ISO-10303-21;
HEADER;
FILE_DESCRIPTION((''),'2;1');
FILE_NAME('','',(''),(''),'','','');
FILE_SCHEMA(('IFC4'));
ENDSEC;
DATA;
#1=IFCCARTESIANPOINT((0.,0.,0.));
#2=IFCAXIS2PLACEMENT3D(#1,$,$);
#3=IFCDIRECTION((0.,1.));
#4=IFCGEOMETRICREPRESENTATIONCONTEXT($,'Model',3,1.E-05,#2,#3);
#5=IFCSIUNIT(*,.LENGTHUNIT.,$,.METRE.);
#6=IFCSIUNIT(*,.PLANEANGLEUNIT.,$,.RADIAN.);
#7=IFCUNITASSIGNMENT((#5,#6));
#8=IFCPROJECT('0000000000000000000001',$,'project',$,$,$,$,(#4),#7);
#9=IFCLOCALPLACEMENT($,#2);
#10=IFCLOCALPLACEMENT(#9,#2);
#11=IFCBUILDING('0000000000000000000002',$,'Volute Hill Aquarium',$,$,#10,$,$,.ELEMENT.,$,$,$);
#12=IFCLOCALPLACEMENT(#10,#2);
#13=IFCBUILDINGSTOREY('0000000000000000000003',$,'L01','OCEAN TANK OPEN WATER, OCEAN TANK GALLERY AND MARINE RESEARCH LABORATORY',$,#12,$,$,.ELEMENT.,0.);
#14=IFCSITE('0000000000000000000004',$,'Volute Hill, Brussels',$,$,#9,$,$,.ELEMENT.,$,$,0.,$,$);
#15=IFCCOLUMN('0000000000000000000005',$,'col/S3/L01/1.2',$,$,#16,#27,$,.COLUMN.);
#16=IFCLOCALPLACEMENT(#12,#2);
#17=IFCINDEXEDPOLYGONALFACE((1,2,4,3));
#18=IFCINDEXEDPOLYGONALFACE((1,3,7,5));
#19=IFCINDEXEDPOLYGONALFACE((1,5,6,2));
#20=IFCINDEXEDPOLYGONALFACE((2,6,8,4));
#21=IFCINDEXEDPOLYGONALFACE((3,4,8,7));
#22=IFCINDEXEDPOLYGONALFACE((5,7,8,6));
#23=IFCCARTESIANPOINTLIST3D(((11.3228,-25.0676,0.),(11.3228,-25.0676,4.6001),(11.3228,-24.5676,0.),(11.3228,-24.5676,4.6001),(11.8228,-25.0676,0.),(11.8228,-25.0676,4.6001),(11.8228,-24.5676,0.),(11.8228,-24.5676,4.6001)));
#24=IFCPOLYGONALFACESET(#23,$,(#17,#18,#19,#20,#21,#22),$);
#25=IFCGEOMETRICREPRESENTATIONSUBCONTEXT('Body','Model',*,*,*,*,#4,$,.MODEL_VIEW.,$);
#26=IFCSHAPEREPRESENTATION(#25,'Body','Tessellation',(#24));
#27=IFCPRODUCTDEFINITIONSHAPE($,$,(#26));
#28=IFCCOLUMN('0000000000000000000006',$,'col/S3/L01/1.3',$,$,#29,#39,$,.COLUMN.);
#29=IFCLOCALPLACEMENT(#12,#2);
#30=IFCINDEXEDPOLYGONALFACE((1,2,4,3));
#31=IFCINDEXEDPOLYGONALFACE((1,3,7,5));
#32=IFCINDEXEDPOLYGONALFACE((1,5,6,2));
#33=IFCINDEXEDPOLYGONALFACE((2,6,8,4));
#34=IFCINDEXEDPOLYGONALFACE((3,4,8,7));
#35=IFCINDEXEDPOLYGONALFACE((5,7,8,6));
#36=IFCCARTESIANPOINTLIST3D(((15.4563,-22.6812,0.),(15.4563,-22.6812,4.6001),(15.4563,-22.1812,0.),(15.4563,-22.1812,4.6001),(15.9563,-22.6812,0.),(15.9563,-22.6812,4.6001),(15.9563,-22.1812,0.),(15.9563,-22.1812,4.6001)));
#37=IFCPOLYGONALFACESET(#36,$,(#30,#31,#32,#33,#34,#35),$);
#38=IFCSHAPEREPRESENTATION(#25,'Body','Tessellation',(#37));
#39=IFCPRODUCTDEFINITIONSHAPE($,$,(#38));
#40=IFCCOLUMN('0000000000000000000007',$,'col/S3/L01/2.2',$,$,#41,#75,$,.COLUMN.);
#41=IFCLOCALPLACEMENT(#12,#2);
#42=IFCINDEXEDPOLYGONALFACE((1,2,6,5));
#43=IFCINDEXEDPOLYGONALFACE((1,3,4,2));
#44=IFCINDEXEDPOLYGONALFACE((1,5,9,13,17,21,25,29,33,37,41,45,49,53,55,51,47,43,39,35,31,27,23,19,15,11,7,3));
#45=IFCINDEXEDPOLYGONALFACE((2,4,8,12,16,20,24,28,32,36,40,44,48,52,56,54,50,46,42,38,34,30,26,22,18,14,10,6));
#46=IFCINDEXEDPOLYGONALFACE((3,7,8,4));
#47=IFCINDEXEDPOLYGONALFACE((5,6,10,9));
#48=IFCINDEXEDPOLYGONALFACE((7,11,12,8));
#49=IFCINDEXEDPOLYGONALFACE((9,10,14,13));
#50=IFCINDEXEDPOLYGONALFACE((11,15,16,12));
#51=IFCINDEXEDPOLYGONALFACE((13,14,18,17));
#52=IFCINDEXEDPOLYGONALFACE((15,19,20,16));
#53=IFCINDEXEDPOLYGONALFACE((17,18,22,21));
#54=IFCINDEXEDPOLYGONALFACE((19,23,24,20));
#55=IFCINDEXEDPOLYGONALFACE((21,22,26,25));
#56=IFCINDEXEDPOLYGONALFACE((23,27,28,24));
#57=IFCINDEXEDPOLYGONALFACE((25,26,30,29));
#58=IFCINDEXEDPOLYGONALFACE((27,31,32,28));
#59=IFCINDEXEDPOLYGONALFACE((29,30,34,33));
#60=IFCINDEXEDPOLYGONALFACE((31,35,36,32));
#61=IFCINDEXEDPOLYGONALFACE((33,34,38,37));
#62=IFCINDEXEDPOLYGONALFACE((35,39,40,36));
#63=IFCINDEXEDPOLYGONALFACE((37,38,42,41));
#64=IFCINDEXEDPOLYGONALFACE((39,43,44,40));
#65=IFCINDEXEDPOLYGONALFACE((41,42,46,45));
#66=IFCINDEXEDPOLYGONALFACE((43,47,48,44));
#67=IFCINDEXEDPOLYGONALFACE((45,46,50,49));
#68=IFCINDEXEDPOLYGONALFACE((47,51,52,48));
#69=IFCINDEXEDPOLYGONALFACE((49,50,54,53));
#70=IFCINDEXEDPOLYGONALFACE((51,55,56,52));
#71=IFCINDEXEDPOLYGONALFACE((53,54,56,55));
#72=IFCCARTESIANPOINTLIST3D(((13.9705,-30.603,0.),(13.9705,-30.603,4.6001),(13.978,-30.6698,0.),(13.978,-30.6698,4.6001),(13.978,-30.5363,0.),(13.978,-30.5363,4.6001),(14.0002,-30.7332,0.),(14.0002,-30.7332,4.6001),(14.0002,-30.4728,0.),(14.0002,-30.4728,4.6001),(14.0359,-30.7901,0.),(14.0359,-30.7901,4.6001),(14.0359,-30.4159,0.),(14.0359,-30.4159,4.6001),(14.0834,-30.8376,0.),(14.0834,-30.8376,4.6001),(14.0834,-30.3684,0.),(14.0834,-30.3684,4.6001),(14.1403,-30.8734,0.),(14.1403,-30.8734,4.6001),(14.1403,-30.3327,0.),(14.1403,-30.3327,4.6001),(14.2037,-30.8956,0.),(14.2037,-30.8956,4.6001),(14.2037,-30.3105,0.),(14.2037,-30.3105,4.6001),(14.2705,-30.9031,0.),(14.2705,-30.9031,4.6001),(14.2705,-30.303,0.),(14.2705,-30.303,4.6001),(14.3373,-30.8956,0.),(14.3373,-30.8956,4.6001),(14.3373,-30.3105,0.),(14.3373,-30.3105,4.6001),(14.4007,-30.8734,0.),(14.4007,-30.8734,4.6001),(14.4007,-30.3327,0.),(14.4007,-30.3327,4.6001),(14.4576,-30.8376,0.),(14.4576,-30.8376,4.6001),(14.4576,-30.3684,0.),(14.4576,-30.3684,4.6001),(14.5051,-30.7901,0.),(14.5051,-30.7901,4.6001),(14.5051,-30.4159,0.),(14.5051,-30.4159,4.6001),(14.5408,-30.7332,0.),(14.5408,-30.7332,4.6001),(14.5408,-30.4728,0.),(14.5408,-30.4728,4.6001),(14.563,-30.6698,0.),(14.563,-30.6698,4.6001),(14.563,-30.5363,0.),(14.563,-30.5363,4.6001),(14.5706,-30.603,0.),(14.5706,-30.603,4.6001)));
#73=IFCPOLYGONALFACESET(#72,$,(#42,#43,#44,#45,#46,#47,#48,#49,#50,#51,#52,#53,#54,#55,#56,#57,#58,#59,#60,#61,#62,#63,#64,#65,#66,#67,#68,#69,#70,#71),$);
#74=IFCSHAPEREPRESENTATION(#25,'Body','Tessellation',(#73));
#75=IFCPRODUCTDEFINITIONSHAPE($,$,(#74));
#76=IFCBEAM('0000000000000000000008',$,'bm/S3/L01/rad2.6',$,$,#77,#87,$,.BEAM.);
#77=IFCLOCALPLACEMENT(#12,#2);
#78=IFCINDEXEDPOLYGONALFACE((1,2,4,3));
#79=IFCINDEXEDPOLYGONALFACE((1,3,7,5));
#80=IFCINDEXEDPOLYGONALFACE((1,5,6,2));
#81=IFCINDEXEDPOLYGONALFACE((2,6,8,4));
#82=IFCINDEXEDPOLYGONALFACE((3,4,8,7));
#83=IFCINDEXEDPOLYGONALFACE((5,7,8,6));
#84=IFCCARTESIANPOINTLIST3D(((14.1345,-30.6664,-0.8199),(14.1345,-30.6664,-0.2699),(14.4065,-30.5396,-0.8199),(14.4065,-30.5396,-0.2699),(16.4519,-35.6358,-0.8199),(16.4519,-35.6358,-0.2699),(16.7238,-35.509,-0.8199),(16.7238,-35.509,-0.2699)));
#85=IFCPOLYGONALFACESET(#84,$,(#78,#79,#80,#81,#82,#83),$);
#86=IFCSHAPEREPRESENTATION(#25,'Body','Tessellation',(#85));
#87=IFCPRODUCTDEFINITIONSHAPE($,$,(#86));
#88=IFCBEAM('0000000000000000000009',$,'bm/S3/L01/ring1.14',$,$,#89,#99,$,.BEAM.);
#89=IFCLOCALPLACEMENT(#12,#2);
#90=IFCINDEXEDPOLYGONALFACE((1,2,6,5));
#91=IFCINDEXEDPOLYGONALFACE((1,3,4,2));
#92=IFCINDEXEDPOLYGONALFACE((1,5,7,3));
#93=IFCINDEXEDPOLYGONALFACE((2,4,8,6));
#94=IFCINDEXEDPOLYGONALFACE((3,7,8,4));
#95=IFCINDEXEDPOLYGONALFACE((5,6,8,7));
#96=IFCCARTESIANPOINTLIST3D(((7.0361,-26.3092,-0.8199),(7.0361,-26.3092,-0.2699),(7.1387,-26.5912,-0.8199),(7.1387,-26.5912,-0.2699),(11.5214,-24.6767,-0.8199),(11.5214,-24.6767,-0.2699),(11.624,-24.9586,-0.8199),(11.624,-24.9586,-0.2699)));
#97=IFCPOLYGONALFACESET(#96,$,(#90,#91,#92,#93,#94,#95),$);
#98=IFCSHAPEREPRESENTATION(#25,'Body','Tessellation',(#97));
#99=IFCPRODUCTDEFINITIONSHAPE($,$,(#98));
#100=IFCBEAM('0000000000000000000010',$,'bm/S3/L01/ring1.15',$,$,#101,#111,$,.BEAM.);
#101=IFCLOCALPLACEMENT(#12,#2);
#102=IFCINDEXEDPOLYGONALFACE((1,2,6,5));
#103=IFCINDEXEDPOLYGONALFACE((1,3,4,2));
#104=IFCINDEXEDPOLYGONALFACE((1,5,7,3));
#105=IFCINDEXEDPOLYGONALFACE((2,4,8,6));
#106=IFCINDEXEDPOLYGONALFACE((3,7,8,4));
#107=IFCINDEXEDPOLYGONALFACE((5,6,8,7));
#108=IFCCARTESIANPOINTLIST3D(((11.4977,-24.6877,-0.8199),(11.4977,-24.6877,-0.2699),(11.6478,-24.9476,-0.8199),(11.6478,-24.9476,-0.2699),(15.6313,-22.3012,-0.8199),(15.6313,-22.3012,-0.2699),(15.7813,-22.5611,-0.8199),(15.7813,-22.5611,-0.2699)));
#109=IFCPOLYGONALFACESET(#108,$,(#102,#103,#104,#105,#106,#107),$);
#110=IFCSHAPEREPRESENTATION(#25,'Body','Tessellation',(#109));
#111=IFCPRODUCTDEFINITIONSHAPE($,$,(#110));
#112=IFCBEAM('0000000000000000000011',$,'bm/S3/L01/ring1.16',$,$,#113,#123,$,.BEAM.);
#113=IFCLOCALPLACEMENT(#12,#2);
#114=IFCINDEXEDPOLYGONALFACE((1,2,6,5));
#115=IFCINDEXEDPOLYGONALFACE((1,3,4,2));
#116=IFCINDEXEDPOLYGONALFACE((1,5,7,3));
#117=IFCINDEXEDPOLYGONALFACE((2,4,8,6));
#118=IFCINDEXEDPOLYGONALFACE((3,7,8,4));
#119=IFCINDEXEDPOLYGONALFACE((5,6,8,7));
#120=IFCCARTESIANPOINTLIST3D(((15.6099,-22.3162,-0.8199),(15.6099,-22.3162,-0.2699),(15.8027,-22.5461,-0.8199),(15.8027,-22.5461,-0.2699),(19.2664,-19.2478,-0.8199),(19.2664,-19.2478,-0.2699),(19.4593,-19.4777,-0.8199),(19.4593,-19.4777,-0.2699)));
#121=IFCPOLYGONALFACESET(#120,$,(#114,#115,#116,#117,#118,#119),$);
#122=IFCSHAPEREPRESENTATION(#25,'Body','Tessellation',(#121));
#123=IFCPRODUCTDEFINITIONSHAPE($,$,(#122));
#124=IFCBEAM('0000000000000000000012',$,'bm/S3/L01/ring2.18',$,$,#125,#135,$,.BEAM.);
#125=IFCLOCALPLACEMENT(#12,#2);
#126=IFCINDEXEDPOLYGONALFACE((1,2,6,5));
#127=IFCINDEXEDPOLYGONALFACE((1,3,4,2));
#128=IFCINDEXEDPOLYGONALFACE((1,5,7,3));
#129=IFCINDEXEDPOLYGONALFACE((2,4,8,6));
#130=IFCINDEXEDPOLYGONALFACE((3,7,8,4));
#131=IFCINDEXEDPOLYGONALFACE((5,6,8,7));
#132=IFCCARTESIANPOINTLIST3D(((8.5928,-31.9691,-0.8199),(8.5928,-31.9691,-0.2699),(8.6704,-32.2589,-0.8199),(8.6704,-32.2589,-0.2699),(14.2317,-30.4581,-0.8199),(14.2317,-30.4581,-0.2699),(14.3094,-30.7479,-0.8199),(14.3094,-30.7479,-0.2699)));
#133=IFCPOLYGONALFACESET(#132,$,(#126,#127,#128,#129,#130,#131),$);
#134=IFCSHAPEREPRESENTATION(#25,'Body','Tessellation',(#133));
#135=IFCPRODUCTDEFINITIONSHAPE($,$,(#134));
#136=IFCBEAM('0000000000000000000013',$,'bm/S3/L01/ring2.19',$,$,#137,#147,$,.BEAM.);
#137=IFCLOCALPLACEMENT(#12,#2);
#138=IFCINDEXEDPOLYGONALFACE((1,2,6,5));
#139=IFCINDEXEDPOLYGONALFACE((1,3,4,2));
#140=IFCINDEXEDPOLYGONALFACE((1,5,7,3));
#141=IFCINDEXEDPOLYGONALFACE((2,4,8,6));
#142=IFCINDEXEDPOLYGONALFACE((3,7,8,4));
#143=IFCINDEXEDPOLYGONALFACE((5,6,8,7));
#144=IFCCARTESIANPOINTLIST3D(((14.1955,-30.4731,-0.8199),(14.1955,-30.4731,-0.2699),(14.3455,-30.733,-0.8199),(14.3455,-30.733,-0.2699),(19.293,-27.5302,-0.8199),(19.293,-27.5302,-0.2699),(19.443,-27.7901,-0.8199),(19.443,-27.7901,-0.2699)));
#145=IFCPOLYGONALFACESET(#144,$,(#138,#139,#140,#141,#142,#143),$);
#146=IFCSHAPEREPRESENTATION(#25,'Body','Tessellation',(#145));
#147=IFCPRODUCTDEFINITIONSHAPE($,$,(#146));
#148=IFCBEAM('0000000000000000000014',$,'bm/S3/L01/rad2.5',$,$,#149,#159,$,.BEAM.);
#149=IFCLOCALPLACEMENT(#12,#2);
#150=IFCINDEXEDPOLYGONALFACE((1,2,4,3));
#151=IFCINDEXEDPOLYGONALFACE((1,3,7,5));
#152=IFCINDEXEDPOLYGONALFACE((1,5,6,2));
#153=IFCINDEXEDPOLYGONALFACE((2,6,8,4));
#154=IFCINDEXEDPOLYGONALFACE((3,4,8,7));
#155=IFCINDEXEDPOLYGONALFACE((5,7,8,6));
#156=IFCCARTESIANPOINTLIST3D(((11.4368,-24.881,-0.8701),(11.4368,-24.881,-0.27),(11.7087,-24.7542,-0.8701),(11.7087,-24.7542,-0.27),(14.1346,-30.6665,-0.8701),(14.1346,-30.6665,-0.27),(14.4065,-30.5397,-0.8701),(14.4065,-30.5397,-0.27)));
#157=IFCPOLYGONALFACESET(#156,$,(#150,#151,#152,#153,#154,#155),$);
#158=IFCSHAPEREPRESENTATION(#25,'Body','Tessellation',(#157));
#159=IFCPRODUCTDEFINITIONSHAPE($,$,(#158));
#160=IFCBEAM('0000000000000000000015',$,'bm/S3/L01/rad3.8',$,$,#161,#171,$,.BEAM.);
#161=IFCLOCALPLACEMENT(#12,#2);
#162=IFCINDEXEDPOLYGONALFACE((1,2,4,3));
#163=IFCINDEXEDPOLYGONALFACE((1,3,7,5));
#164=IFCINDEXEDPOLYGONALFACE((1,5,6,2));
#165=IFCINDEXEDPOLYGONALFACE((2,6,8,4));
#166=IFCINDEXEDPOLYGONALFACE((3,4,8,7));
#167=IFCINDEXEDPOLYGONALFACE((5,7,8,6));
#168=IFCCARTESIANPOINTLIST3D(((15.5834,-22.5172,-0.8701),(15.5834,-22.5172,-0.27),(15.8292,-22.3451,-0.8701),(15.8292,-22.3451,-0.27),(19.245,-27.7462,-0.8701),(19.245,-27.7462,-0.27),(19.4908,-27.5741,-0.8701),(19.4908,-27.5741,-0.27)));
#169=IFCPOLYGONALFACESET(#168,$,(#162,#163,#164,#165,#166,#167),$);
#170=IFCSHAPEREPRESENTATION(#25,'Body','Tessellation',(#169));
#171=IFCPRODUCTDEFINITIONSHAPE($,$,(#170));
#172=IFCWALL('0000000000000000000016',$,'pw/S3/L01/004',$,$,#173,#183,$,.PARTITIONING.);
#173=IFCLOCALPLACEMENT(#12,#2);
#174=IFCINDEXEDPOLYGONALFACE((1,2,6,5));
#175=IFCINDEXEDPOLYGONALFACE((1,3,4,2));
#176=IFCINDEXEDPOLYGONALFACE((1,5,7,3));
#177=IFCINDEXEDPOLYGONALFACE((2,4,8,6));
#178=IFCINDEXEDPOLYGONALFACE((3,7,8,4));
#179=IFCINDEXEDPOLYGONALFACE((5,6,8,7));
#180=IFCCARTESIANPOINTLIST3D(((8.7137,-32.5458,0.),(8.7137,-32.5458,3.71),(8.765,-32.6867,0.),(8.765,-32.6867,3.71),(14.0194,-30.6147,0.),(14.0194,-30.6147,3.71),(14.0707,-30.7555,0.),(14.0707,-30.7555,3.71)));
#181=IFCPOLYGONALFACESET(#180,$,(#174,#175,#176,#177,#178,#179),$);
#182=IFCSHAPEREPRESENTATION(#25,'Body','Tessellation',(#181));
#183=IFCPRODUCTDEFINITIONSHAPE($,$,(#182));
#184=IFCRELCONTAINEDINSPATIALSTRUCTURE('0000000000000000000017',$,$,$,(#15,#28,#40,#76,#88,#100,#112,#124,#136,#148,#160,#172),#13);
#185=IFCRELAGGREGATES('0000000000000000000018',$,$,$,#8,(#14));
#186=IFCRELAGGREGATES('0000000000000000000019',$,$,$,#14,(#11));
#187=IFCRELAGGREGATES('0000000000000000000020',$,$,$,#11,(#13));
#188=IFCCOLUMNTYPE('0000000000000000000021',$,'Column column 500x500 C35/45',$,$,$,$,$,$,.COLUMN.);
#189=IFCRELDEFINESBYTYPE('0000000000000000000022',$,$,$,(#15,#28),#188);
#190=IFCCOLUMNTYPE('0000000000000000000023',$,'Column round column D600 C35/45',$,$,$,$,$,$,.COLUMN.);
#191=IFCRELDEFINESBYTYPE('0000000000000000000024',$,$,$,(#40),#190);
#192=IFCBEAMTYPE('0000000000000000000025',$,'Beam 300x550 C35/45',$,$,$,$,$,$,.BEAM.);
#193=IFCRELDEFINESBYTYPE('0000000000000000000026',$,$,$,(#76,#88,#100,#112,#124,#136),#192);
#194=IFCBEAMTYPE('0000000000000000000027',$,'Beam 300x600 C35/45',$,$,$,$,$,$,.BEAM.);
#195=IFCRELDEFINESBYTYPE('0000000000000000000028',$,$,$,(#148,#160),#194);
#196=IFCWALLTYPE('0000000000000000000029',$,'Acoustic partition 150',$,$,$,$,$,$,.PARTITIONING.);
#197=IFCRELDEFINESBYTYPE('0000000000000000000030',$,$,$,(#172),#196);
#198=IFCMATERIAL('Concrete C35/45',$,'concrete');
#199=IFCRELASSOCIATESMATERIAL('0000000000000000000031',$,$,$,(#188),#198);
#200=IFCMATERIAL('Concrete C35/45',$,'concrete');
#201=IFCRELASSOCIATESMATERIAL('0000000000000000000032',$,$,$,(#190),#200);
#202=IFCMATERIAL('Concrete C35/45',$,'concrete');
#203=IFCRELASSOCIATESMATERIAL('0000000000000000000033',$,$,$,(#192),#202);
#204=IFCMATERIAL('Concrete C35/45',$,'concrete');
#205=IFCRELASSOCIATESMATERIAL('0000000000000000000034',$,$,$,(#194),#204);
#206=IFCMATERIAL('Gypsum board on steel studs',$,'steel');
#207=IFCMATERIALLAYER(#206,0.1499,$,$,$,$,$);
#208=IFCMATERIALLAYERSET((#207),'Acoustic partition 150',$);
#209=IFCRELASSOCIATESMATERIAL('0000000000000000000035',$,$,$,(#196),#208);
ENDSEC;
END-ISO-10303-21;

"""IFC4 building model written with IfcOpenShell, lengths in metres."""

from ifc_helpers import new_model, si_unit, direction, frame, frame_2d, origin, origin_2d, place, context, subcontext, project, spatial, rectangle, circle, extrude, material, layer, layer_set, material_profile, profile_set, type_object, element, save


model = new_model("IFC4")

# Units and contexts
model_context = context("Model", 3, precision=1e-05, world=origin(), true_north=direction((0.0, 1.0)))
body_context = subcontext(model_context, "Body", "Model", "MODEL_VIEW")
ifc_project = project(units=[si_unit("LENGTHUNIT", "METRE"), si_unit("PLANEANGLEUNIT", "RADIAN")], contexts=[model_context])

# Site, building, storey
site_placement = place(None, origin())
site = spatial("IfcSite", under=ifc_project, at=site_placement, Name="Volute Hill, Brussels", CompositionType="ELEMENT", RefElevation=0.0)
building_placement = place(site_placement, origin())
building = spatial("IfcBuilding", under=site, at=building_placement, Name="Volute Hill Aquarium", CompositionType="ELEMENT")
storey_placement = place(building_placement, origin())
storey = spatial("IfcBuildingStorey", under=building, at=storey_placement, Name="L01", Description="OCEAN TANK OPEN WATER, OCEAN TANK GALLERY AND MARINE RESEARCH LABORATORY", CompositionType="ELEMENT", Elevation=0.0)

# Columns
ifc_material_1 = material(Name="Concrete C35/45", Category="concrete")
ifc_material_profile_1 = material_profile(ifc_material_1, rectangle(XDim=0.5, YDim=0.5, at=origin_2d()), Name="RC column 500x500")
ifc_profile_set_1 = profile_set([ifc_material_profile_1], Name="Concrete C35/45")
column_type_1 = type_object("IfcColumnType", Name="Column column 500x500 C35/45", PredefinedType="COLUMN", material=ifc_profile_set_1)
for number, where, z_axis, x_axis, name in (
    (1, (11.5728, -24.8176, 0.0), (0.0, 0.0, 1.0), (1.0, 0.0, 0.0), "col/S3/L01/1.2"),
    (2, (15.7063, -22.4312, 0.0), (0.0, 0.0, 1.0), (1.0, 0.0, 0.0), "col/S3/L01/1.3"),
):
    element("IfcColumn", number, at=place(storey_placement, frame(where, z_axis=z_axis, x_axis=x_axis)), inside=storey, type_object=column_type_1, Name=name, PredefinedType="COLUMN", context=body_context, shape_type="SweptSolid", body=[
        extrude(rectangle(XDim=0.5, YDim=0.5, at=origin_2d()), origin(), (0.0, 0.0, 1.0), 4.6001),
    ])
ifc_material_2 = material(Name="Concrete C35/45", Category="concrete")
ifc_material_profile_2 = material_profile(ifc_material_2, circle(Radius=0.3, at=origin_2d()), Name="RC round column D600")
ifc_profile_set_2 = profile_set([ifc_material_profile_2], Name="Concrete C35/45")
column_type_2 = type_object("IfcColumnType", Name="Column round column D600 C35/45", PredefinedType="COLUMN", material=ifc_profile_set_2)
column_placement = place(storey_placement, frame((14.2705, -30.603, 0.0), z_axis=(0.0, 0.0, 1.0), x_axis=(1.0, 0.0, 0.0)))
element("IfcColumn", 3, at=column_placement, inside=storey, type_object=column_type_2, Name="col/S3/L01/2.2", PredefinedType="COLUMN", context=body_context, shape_type="SweptSolid", body=[
    extrude(circle(Radius=0.3, at=origin_2d()), origin(), (0.0, 0.0, 1.0), 4.6001),
])

# Beams
ifc_material_3 = material(Name="Concrete C35/45", Category="concrete")
ifc_material_profile_3 = material_profile(ifc_material_3, rectangle(XDim=0.3, YDim=0.55, at=origin_2d()), Name="RC beam 300x550")
ifc_profile_set_3 = profile_set([ifc_material_profile_3], Name="Concrete C35/45")
beam_type_1 = type_object("IfcBeamType", Name="Beam 300x550 C35/45", PredefinedType="BEAM", material=ifc_profile_set_3)
beam_1_placement = place(storey_placement, frame((14.2705, -30.603, -0.5449), z_axis=(0.42263, -0.906303, 0.0), x_axis=(0.906303, 0.42263, 0.0)))
element("IfcBeam", 4, at=beam_1_placement, inside=storey, type_object=beam_type_1, Name="bm/S3/L01/rad2.6", PredefinedType="BEAM", context=body_context, shape_type="SweptSolid", body=[
    extrude(rectangle(XDim=0.3, YDim=0.55, at=origin_2d()), origin(), (0.0, 0.0, 1.0), 5.4832),
])
beam_2_placement = place(storey_placement, frame((7.0874, -26.4502, -0.5449), z_axis=(0.93969, 0.342026, 0.0), x_axis=(-0.342026, 0.93969, 0.0)))
element("IfcBeam", 5, at=beam_2_placement, inside=storey, type_object=beam_type_1, Name="bm/S3/L01/ring1.14", PredefinedType="BEAM", context=body_context, shape_type="SweptSolid", body=[
    extrude(rectangle(XDim=0.3, YDim=0.55, at=origin_2d()), origin(), (0.0, 0.0, 1.0), 4.7732),
])
beam_3_placement = place(storey_placement, frame((11.5728, -24.8176, -0.5449), z_axis=(0.866028, 0.499995, 0.0), x_axis=(-0.499995, 0.866028, 0.0)))
element("IfcBeam", 6, at=beam_3_placement, inside=storey, type_object=beam_type_1, Name="bm/S3/L01/ring1.15", PredefinedType="BEAM", context=body_context, shape_type="SweptSolid", body=[
    extrude(rectangle(XDim=0.3, YDim=0.55, at=origin_2d()), origin(), (0.0, 0.0, 1.0), 4.7729),
])
beam_4_placement = place(storey_placement, frame((15.7063, -22.4312, -0.5449), z_axis=(0.766024, 0.642812, 0.0), x_axis=(-0.642812, 0.766024, 0.0)))
element("IfcBeam", 7, at=beam_4_placement, inside=storey, type_object=beam_type_1, Name="bm/S3/L01/ring1.16", PredefinedType="BEAM", context=body_context, shape_type="SweptSolid", body=[
    extrude(rectangle(XDim=0.3, YDim=0.55, at=origin_2d()), origin(), (0.0, 0.0, 1.0), 4.7734),
])
beam_5_placement = place(storey_placement, frame((8.6316, -32.114, -0.5449), z_axis=(0.965924, 0.258826, 0.0), x_axis=(-0.258826, 0.965924, 0.0)))
element("IfcBeam", 8, at=beam_5_placement, inside=storey, type_object=beam_type_1, Name="bm/S3/L01/ring2.18", PredefinedType="BEAM", context=body_context, shape_type="SweptSolid", body=[
    extrude(rectangle(XDim=0.3, YDim=0.55, at=origin_2d()), origin(), (0.0, 0.0, 1.0), 5.8379),
])
beam_6_placement = place(storey_placement, frame((14.2705, -30.603, -0.5449), z_axis=(0.866034, 0.499985, 0.0), x_axis=(-0.499985, 0.866034, 0.0)))
element("IfcBeam", 9, at=beam_6_placement, inside=storey, type_object=beam_type_1, Name="bm/S3/L01/ring2.19", PredefinedType="BEAM", context=body_context, shape_type="SweptSolid", body=[
    extrude(rectangle(XDim=0.3, YDim=0.55, at=origin_2d()), origin(), (0.0, 0.0, 1.0), 5.886),
])
ifc_material_4 = material(Name="Concrete C35/45", Category="concrete")
ifc_material_profile_4 = material_profile(ifc_material_4, rectangle(XDim=0.3, YDim=0.6001, at=origin_2d()), Name="RC beam 300x600")
ifc_profile_set_4 = profile_set([ifc_material_profile_4], Name="Concrete C35/45")
beam_type_2 = type_object("IfcBeamType", Name="Beam 300x600 C35/45", PredefinedType="BEAM", material=ifc_profile_set_4)
for number, where, z_axis, x_axis, name in (
    (10, (11.5728, -24.8176, -0.5701), (0.422615, -0.906309, 0.0), (0.906309, 0.422615, 0.0), "bm/S3/L01/rad2.5"),
    (11, (15.7063, -22.4312, -0.5701), (0.573601, -0.819135, 0.0), (0.819135, 0.573601, 0.0), "bm/S3/L01/rad3.8"),
):
    element("IfcBeam", number, at=place(storey_placement, frame(where, z_axis=z_axis, x_axis=x_axis)), inside=storey, type_object=beam_type_2, Name=name, PredefinedType="BEAM", context=body_context, shape_type="SweptSolid", body=[
        extrude(rectangle(XDim=0.3, YDim=0.6001, at=origin_2d()), origin(), (0.0, 0.0, 1.0), 6.3835),
    ])

# Wall
ifc_material_5 = material(Name="Gypsum board on steel studs", Category="steel")
ifc_layer_1 = layer(ifc_material_5, 0.1499)
ifc_layer_set_1 = layer_set([ifc_layer_1], Name="Acoustic partition 150")
wall_type_1 = type_object("IfcWallType", Name="Acoustic partition 150", PredefinedType="PARTITIONING", material=ifc_layer_set_1)
wall_1_placement = place(storey_placement, frame((14.0452, -30.6851, 0.0), z_axis=(0.0, 0.0, 1.0), x_axis=(-0.93969, -0.342028, 0.0)))
element("IfcWall", 12, at=wall_1_placement, inside=storey, type_object=wall_type_1, Name="pw/S3/L01/004", PredefinedType="PARTITIONING", context=body_context, shape_type="SweptSolid", body=[
    extrude(rectangle(XDim=5.6462, YDim=0.1499, at=frame_2d((2.8232, 0.0))), origin(), (0.0, 0.0, 1.0), 3.71),
])

save(model, "model.ifc")
